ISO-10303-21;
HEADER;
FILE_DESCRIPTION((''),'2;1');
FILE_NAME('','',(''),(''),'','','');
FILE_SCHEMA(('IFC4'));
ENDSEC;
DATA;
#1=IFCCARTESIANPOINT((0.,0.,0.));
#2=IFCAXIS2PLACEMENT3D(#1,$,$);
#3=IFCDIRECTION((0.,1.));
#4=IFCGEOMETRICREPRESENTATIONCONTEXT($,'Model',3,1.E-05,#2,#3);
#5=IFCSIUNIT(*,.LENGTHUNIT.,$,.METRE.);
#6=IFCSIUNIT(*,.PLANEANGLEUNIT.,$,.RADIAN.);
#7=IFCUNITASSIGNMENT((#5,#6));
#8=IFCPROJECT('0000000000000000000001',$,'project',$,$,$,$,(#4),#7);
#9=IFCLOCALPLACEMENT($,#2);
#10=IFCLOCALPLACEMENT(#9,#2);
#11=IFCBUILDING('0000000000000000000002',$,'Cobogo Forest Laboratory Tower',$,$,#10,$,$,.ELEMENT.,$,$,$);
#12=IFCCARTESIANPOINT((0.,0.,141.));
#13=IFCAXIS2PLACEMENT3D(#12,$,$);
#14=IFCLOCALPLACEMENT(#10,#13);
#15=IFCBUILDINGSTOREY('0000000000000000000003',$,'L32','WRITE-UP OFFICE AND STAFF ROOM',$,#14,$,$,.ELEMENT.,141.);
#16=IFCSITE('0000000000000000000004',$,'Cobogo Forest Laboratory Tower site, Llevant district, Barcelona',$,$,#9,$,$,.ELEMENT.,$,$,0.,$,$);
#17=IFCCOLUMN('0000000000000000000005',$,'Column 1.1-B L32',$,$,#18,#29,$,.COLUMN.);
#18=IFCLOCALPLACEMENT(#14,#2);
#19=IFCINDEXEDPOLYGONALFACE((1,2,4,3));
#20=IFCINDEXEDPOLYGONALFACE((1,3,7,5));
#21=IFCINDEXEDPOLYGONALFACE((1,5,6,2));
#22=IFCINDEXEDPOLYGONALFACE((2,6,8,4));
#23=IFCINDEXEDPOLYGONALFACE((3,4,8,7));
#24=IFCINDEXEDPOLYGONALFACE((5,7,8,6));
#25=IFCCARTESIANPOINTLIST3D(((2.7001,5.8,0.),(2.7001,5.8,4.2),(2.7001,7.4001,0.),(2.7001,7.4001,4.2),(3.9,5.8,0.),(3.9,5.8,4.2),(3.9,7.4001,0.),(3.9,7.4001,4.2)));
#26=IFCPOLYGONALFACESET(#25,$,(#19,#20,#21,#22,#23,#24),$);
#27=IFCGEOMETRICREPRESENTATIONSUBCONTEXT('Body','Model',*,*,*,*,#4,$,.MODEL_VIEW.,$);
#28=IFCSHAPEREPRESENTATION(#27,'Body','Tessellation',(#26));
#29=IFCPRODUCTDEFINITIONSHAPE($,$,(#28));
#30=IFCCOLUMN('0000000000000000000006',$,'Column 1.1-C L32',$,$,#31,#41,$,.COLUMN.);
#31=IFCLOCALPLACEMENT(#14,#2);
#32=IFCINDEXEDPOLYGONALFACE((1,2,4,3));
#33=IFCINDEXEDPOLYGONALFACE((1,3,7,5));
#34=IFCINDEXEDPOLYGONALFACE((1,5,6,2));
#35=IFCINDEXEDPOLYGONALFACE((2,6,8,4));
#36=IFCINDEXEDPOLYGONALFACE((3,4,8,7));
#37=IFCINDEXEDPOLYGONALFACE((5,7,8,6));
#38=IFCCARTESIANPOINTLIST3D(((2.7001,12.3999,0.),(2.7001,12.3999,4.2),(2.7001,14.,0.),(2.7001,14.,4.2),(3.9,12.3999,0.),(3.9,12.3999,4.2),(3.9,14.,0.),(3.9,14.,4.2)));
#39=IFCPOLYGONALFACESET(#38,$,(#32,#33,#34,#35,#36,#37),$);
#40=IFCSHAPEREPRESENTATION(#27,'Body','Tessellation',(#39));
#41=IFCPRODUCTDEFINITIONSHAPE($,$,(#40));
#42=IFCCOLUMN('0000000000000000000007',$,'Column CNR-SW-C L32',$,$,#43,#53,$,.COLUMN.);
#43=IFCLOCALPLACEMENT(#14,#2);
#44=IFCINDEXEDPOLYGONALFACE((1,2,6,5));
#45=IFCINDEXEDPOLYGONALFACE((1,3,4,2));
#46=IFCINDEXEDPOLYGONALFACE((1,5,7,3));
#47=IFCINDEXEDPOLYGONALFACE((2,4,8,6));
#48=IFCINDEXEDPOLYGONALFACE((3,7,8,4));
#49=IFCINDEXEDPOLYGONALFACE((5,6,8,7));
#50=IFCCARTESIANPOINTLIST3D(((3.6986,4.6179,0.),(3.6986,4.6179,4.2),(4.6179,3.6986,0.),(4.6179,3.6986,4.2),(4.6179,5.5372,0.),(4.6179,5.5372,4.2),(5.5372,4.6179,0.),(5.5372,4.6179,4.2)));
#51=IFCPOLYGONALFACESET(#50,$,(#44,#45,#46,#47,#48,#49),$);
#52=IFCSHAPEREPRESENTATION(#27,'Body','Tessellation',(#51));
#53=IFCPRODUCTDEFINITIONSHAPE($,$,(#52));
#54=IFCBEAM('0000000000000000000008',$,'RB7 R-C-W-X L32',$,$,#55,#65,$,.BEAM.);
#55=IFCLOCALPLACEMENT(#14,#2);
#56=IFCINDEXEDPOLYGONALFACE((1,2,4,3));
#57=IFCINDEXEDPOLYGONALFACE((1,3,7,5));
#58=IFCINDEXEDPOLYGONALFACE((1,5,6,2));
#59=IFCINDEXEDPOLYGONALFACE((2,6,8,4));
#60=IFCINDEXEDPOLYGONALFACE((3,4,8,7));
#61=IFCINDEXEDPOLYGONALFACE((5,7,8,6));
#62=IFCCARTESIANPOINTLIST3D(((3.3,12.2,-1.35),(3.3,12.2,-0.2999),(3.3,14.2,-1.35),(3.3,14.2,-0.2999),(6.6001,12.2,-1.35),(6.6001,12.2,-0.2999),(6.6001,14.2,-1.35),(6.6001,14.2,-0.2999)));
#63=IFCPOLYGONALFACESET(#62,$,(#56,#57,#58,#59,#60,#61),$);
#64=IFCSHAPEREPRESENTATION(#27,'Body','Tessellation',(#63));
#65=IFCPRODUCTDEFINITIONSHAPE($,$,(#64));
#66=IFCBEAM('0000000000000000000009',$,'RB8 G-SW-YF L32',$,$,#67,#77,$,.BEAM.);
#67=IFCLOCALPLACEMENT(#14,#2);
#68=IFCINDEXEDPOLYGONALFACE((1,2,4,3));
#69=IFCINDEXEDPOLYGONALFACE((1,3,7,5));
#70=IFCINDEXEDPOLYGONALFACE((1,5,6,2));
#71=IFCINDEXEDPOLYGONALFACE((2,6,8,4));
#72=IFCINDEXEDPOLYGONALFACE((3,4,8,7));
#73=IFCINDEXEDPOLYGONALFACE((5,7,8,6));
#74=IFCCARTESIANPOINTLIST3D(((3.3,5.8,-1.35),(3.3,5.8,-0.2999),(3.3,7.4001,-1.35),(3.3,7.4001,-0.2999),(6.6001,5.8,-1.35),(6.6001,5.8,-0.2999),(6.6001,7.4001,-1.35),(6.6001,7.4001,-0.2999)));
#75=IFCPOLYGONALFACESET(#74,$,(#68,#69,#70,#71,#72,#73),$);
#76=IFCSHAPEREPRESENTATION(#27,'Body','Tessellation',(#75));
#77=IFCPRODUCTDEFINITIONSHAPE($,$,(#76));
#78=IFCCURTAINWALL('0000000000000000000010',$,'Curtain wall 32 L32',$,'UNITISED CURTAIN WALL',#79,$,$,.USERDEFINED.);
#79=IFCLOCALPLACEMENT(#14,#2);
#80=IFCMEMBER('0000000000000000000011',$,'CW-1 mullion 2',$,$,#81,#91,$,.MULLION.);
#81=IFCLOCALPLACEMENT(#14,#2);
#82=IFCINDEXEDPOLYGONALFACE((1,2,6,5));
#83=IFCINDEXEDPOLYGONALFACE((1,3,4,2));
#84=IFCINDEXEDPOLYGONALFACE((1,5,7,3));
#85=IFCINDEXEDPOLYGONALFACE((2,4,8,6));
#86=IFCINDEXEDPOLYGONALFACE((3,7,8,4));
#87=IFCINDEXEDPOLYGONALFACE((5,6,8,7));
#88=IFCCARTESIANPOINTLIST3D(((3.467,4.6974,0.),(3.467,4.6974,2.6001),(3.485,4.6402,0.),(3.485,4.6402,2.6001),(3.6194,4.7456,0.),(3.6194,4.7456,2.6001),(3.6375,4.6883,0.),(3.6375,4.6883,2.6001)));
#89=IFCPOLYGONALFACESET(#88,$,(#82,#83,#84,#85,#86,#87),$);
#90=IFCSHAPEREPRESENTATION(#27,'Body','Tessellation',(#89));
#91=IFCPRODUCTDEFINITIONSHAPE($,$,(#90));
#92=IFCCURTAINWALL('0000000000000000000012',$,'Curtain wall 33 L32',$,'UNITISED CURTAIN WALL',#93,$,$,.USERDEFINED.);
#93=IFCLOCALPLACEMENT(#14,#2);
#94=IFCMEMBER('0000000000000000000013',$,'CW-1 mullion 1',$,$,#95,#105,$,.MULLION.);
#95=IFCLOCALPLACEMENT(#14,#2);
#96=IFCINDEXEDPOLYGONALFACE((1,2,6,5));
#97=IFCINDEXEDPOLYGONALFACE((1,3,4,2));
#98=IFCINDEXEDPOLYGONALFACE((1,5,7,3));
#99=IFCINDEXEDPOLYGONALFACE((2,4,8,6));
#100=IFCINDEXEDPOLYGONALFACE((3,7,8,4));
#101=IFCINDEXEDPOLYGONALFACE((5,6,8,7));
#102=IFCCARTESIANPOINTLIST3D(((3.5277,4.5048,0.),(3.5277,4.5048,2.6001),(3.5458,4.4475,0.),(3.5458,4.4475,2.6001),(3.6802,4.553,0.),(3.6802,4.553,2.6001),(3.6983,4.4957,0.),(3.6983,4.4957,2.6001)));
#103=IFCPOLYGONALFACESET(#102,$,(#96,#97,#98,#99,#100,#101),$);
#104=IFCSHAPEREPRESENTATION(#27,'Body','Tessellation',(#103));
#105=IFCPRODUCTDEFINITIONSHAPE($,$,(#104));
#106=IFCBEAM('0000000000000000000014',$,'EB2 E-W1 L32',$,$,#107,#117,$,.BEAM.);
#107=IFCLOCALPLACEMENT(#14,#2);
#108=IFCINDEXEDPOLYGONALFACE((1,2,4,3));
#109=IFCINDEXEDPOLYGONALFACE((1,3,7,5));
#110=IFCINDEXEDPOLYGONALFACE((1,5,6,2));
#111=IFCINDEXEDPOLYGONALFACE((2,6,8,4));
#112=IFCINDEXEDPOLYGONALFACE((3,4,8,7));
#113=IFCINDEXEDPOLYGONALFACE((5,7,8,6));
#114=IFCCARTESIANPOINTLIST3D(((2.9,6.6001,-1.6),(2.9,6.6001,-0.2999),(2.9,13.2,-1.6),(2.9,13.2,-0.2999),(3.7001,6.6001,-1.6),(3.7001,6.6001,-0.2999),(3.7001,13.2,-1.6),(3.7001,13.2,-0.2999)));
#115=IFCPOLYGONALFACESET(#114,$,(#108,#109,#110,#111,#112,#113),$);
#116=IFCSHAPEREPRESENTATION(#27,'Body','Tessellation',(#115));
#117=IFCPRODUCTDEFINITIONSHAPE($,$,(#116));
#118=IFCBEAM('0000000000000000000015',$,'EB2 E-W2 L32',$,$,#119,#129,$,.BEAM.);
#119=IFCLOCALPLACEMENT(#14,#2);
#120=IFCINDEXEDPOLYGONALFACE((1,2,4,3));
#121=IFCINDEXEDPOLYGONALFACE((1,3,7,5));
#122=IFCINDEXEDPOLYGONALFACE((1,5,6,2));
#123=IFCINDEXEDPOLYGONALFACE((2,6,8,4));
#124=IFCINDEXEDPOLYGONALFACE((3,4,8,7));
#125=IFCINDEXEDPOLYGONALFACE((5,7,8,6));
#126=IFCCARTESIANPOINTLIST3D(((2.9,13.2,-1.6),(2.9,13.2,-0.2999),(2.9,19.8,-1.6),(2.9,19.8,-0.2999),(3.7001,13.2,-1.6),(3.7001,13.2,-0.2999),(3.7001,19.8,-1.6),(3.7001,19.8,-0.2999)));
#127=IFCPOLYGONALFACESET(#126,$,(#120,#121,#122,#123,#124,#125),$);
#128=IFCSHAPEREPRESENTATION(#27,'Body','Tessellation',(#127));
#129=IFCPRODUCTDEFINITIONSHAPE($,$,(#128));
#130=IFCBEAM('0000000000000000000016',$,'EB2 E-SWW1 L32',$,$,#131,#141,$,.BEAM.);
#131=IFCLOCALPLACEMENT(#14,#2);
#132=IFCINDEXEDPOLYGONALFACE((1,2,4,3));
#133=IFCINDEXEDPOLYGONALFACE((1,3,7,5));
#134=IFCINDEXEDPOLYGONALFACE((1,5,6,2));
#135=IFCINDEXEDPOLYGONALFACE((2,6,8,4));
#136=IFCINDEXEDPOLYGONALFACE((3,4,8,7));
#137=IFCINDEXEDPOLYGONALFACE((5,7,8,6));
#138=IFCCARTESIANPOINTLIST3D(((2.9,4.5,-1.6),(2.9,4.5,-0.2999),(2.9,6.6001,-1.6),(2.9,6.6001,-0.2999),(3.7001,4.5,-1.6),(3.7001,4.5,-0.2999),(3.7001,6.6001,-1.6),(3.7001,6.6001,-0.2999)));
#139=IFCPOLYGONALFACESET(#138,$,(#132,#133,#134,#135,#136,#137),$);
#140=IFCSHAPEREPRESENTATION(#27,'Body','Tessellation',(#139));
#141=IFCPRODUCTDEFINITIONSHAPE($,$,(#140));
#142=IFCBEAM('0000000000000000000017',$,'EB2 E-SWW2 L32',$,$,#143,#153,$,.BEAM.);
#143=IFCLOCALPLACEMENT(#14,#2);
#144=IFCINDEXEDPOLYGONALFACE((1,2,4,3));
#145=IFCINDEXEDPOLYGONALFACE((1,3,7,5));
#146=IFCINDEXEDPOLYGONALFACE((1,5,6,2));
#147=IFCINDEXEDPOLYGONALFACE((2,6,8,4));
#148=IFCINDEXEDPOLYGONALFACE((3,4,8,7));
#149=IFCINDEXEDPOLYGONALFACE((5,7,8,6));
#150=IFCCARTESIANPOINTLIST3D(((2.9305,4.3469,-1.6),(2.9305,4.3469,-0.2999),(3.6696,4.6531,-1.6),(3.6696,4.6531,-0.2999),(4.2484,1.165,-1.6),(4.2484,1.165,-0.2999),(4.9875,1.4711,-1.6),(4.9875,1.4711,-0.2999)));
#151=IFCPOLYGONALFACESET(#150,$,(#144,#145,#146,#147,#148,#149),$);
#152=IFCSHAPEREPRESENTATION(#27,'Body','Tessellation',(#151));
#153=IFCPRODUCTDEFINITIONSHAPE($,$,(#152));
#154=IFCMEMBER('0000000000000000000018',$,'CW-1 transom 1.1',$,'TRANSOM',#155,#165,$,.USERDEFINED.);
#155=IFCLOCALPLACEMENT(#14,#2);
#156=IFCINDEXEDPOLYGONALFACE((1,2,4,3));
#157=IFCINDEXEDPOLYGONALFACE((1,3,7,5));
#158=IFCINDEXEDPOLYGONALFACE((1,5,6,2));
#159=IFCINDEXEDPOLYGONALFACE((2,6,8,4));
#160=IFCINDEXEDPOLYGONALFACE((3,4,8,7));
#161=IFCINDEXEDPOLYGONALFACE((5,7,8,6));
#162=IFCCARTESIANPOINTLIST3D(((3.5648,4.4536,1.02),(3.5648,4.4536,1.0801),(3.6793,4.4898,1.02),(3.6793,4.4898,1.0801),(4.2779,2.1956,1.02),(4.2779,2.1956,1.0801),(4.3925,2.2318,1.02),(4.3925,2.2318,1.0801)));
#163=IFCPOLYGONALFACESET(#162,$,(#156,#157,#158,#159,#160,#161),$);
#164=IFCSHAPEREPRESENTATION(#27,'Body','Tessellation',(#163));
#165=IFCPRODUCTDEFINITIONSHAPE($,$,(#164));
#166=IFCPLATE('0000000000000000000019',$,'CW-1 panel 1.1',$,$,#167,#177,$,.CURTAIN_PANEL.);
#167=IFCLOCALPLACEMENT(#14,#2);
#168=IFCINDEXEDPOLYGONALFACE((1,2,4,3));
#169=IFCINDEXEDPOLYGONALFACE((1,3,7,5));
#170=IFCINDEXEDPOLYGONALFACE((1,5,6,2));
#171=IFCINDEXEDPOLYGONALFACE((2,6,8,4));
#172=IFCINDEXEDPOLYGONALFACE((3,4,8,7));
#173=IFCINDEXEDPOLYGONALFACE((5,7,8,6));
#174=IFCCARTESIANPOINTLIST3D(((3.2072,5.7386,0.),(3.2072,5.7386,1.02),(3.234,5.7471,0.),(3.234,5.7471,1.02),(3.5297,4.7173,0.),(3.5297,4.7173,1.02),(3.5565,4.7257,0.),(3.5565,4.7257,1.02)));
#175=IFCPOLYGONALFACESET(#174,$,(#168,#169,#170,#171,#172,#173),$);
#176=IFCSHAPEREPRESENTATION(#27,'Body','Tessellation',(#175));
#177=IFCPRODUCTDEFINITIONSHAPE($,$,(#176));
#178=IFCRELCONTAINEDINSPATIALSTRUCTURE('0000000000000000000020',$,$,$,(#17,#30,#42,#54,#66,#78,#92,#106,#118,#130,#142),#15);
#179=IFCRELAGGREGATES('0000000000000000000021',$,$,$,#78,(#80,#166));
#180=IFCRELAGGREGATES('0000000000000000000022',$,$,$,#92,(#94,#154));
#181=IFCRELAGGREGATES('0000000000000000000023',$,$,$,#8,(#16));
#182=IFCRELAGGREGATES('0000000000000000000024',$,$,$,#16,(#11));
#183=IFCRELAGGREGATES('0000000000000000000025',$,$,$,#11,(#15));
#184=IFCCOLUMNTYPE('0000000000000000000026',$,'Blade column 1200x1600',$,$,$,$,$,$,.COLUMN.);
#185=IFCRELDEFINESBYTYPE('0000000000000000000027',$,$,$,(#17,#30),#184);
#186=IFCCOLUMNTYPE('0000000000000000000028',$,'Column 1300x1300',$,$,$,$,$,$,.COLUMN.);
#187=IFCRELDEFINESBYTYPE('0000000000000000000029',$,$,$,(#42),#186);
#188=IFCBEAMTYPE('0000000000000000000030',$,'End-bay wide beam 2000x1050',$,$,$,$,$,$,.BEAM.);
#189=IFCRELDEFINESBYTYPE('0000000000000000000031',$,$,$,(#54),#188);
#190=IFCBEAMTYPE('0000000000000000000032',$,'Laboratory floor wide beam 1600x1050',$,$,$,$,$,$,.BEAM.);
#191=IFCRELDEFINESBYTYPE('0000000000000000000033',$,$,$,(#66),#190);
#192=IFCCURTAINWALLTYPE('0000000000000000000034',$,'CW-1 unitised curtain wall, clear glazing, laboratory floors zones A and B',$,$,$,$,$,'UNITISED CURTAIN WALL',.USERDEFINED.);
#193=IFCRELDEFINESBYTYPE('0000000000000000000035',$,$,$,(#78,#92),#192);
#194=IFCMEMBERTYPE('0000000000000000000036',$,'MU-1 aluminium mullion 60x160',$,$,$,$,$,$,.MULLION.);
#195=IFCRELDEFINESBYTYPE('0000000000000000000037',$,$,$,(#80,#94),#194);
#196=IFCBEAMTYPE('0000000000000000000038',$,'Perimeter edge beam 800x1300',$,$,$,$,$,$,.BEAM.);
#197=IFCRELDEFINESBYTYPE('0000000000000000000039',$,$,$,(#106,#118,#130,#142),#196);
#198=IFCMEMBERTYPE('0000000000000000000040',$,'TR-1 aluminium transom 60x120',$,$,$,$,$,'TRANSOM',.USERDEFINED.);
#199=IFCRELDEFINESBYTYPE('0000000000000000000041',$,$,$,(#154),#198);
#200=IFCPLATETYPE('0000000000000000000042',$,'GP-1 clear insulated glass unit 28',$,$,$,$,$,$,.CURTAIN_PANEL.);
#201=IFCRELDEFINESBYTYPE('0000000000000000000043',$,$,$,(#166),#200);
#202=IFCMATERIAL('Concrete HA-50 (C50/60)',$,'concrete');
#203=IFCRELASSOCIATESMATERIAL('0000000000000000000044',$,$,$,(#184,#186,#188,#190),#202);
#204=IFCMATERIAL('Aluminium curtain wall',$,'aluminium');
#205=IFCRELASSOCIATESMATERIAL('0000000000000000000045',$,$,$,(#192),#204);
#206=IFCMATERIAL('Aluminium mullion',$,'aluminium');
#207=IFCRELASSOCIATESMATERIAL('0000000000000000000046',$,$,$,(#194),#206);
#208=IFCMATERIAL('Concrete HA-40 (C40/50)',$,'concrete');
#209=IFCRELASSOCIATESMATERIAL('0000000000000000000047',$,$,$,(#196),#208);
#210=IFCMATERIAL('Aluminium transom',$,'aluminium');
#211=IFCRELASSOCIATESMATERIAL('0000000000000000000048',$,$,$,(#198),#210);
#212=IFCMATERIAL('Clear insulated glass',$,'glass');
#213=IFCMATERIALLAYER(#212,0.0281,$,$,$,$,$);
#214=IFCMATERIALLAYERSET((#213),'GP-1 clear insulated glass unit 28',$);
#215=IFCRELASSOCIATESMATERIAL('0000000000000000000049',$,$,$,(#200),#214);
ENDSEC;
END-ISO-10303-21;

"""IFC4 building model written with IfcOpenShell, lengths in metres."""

from ifc_helpers import new_model, si_unit, direction, frame, origin, origin_2d, place, context, subcontext, project, spatial, rectangle, extrude, material, layer, layer_set, material_profile, profile_set, type_object, element, aggregate, save


model = new_model("IFC4")

# Units and contexts
model_context = context("Model", 3, precision=1e-05, world=origin(), true_north=direction((0.0, 1.0)))
body_context = subcontext(model_context, "Body", "Model", "MODEL_VIEW")
ifc_project = project(units=[si_unit("LENGTHUNIT", "METRE"), si_unit("PLANEANGLEUNIT", "RADIAN")], contexts=[model_context])

# Site, building, storey
site_placement = place(None, origin())
site = spatial("IfcSite", under=ifc_project, at=site_placement, Name="Cobogo Forest Laboratory Tower site, Llevant district, Barcelona", CompositionType="ELEMENT", RefElevation=0.0)
building_placement = place(site_placement, origin())
building = spatial("IfcBuilding", under=site, at=building_placement, Name="Cobogo Forest Laboratory Tower", CompositionType="ELEMENT")
storey_placement = place(building_placement, frame((0.0, 0.0, 141.0)))
storey = spatial("IfcBuildingStorey", under=building, at=storey_placement, Name="L32", Description="WRITE-UP OFFICE AND STAFF ROOM", CompositionType="ELEMENT", Elevation=141.0)

# Columns
ifc_material_1 = material(Name="Concrete HA-50 (C50/60)", Category="concrete")
ifc_material_profile_1 = material_profile(ifc_material_1, rectangle(XDim=1.6001, YDim=1.2, at=origin_2d()), Name="RC 1200x1600")
ifc_profile_set_1 = profile_set([ifc_material_profile_1], Name="Concrete HA-50 (C50/60)")
column_type_1 = type_object("IfcColumnType", Name="Blade column 1200x1600", PredefinedType="COLUMN", material=ifc_profile_set_1)
for number, where, z_axis, x_axis, name in (
    (1, (3.3, 6.6001, 0.0), (0.0, 0.0, 1.0), (0.0, 1.0, 0.0), "Column 1.1-B L32"),
    (2, (3.3, 13.2, 0.0), (0.0, 0.0, 1.0), (0.0, 1.0, 0.0), "Column 1.1-C L32"),
):
    element("IfcColumn", number, at=place(storey_placement, frame(where, z_axis=z_axis, x_axis=x_axis)), inside=storey, type_object=column_type_1, Name=name, PredefinedType="COLUMN", context=body_context, shape_type="SweptSolid", body=[
        extrude(rectangle(XDim=1.6001, YDim=1.2, at=origin_2d()), origin(), (0.0, 0.0, 1.0), 4.2),
    ])
ifc_material_profile_2 = material_profile(ifc_material_1, rectangle(XDim=1.3, YDim=1.3, at=origin_2d()), Name="RC 1300x1300")
ifc_profile_set_2 = profile_set([ifc_material_profile_2], Name="Concrete HA-50 (C50/60)")
column_type_2 = type_object("IfcColumnType", Name="Column 1300x1300", PredefinedType="COLUMN", material=ifc_profile_set_2)
column_placement = place(storey_placement, frame((4.6179, 4.6179, 0.0), z_axis=(0.0, 0.0, 1.0), x_axis=(0.707107, 0.707107, 0.0)))
element("IfcColumn", 3, at=column_placement, inside=storey, type_object=column_type_2, Name="Column CNR-SW-C L32", PredefinedType="COLUMN", context=body_context, shape_type="SweptSolid", body=[
    extrude(rectangle(XDim=1.3, YDim=1.3, at=origin_2d()), origin(), (0.0, 0.0, 1.0), 4.2),
])

# Beams
ifc_material_profile_3 = material_profile(ifc_material_1, rectangle(XDim=2.0, YDim=1.05, at=origin_2d()), Name="RC 2000x1050")
ifc_profile_set_3 = profile_set([ifc_material_profile_3], Name="Concrete HA-50 (C50/60)")
beam_type_1 = type_object("IfcBeamType", Name="End-bay wide beam 2000x1050", PredefinedType="BEAM", material=ifc_profile_set_3)
beam_1_placement = place(storey_placement, frame((3.3, 13.2, -0.825), z_axis=(1.0, 0.0, 0.0), x_axis=(0.0, 1.0, 0.0)))
element("IfcBeam", 4, at=beam_1_placement, inside=storey, type_object=beam_type_1, Name="RB7 R-C-W-X L32", PredefinedType="BEAM", context=body_context, shape_type="SweptSolid", body=[
    extrude(rectangle(XDim=2.0, YDim=1.05, at=origin_2d()), origin(), (0.0, 0.0, 1.0), 3.3),
])
ifc_material_profile_4 = material_profile(ifc_material_1, rectangle(XDim=1.6001, YDim=1.05, at=origin_2d()), Name="RC 1600x1050")
ifc_profile_set_4 = profile_set([ifc_material_profile_4], Name="Concrete HA-50 (C50/60)")
beam_type_2 = type_object("IfcBeamType", Name="Laboratory floor wide beam 1600x1050", PredefinedType="BEAM", material=ifc_profile_set_4)
beam_2_placement = place(storey_placement, frame((3.3, 6.6001, -0.825), z_axis=(1.0, 0.0, 0.0), x_axis=(0.0, 1.0, 0.0)))
element("IfcBeam", 5, at=beam_2_placement, inside=storey, type_object=beam_type_2, Name="RB8 G-SW-YF L32", PredefinedType="BEAM", context=body_context, shape_type="SweptSolid", body=[
    extrude(rectangle(XDim=1.6001, YDim=1.05, at=origin_2d()), origin(), (0.0, 0.0, 1.0), 3.3),
])

# Curtain walls, members
ifc_material_2 = material(Name="Aluminium curtain wall", Category="aluminium")
curtain_wall_type = type_object("IfcCurtainWallType", Name="CW-1 unitised curtain wall, clear glazing, laboratory floors zones A and B", ElementType="UNITISED CURTAIN WALL", PredefinedType="USERDEFINED", material=ifc_material_2)
curtain_wall_1_placement = place(storey_placement, origin())
curtain_wall_1 = element("IfcCurtainWall", 6, at=curtain_wall_1_placement, inside=storey, type_object=curtain_wall_type, Name="Curtain wall 32 L32", ObjectType="UNITISED CURTAIN WALL", PredefinedType="USERDEFINED")
ifc_material_3 = material(Name="Aluminium mullion", Category="aluminium")
ifc_material_profile_5 = material_profile(ifc_material_3, rectangle(XDim=0.0601, YDim=0.1599, at=origin_2d()), Name="AL 60x160")
ifc_profile_set_5 = profile_set([ifc_material_profile_5], Name="Aluminium mullion")
member_type_1 = type_object("IfcMemberType", Name="MU-1 aluminium mullion 60x160", PredefinedType="MULLION", material=ifc_profile_set_5)
member_1_placement = place(storey_placement, frame((3.5522, 4.6929, 0.0), z_axis=(0.0, 0.0, 1.0), x_axis=(0.301136, -0.953581, 0.0)))
member_1 = element("IfcMember", 7, at=member_1_placement, type_object=member_type_1, Name="CW-1 mullion 2", PredefinedType="MULLION", context=body_context, shape_type="SweptSolid", body=[
    extrude(rectangle(XDim=0.0601, YDim=0.1599, at=origin_2d()), origin(), (0.0, 0.0, 1.0), 2.6001),
])
curtain_wall_2_placement = place(storey_placement, origin())
curtain_wall_2 = element("IfcCurtainWall", 8, at=curtain_wall_2_placement, inside=storey, type_object=curtain_wall_type, Name="Curtain wall 33 L32", ObjectType="UNITISED CURTAIN WALL", PredefinedType="USERDEFINED")
member_2_placement = place(storey_placement, frame((3.613, 4.5002, 0.0), z_axis=(0.0, 0.0, 1.0), x_axis=(0.301135, -0.953581, 0.0)))
member_2 = element("IfcMember", 9, at=member_2_placement, type_object=member_type_1, Name="CW-1 mullion 1", PredefinedType="MULLION", context=body_context, shape_type="SweptSolid", body=[
    extrude(rectangle(XDim=0.0601, YDim=0.1599, at=origin_2d()), origin(), (0.0, 0.0, 1.0), 2.6001),
])

# Beams
ifc_material_4 = material(Name="Concrete HA-40 (C40/50)", Category="concrete")
ifc_material_profile_6 = material_profile(ifc_material_4, rectangle(XDim=0.8, YDim=1.3, at=origin_2d()), Name="RC 800x1300")
ifc_profile_set_6 = profile_set([ifc_material_profile_6], Name="Concrete HA-40 (C40/50)")
beam_type_3 = type_object("IfcBeamType", Name="Perimeter edge beam 800x1300", PredefinedType="BEAM", material=ifc_profile_set_6)
beam_3_placement = place(storey_placement, frame((3.3, 6.6001, -0.95), z_axis=(0.0, 1.0, 0.0), x_axis=(-1.0, 0.0, 0.0)))
element("IfcBeam", 10, at=beam_3_placement, inside=storey, type_object=beam_type_3, Name="EB2 E-W1 L32", PredefinedType="BEAM", context=body_context, shape_type="SweptSolid", body=[
    extrude(rectangle(XDim=0.8, YDim=1.3, at=origin_2d()), origin(), (0.0, 0.0, 1.0), 6.5999),
])
beam_4_placement = place(storey_placement, frame((3.3, 13.2, -0.95), z_axis=(0.0, 1.0, 0.0), x_axis=(-1.0, 0.0, 0.0)))
element("IfcBeam", 11, at=beam_4_placement, inside=storey, type_object=beam_type_3, Name="EB2 E-W2 L32", PredefinedType="BEAM", context=body_context, shape_type="SweptSolid", body=[
    extrude(rectangle(XDim=0.8, YDim=1.3, at=origin_2d()), origin(), (0.0, 0.0, 1.0), 6.6001),
])
beam_5_placement = place(storey_placement, frame((3.3, 6.6001, -0.95), z_axis=(0.0, -1.0, 0.0), x_axis=(1.0, 0.0, 0.0)))
element("IfcBeam", 12, at=beam_5_placement, inside=storey, type_object=beam_type_3, Name="EB2 E-SWW1 L32", PredefinedType="BEAM", context=body_context, shape_type="SweptSolid", body=[
    extrude(rectangle(XDim=0.8, YDim=1.3, at=origin_2d()), origin(), (0.0, 0.0, 1.0), 2.1001),
])
beam_6_placement = place(storey_placement, frame((3.3, 4.5, -0.95), z_axis=(0.382656, -0.923891, 0.0), x_axis=(0.923891, 0.382656, 0.0)))
element("IfcBeam", 13, at=beam_6_placement, inside=storey, type_object=beam_type_3, Name="EB2 E-SWW2 L32", PredefinedType="BEAM", context=body_context, shape_type="SweptSolid", body=[
    extrude(rectangle(XDim=0.8, YDim=1.3, at=origin_2d()), origin(), (0.0, 0.0, 1.0), 3.4441),
])

# Member
ifc_material_5 = material(Name="Aluminium transom", Category="aluminium")
ifc_material_profile_7 = material_profile(ifc_material_5, rectangle(XDim=0.1201, YDim=0.0601, at=origin_2d()), Name="AL 60x120")
ifc_profile_set_7 = profile_set([ifc_material_profile_7], Name="Aluminium transom")
member_type_2 = type_object("IfcMemberType", Name="TR-1 aluminium transom 60x120", ElementType="TRANSOM", PredefinedType="USERDEFINED", material=ifc_profile_set_7)
member_3_placement = place(storey_placement, frame((3.6221, 4.4717, 1.05), z_axis=(0.301156, -0.953575, 0.0), x_axis=(0.953575, 0.301156, 0.0)))
member_3 = element("IfcMember", 14, at=member_3_placement, type_object=member_type_2, Name="CW-1 transom 1.1", ObjectType="TRANSOM", PredefinedType="USERDEFINED", context=body_context, shape_type="SweptSolid", body=[
    extrude(rectangle(XDim=0.1201, YDim=0.0601, at=origin_2d()), origin(), (0.0, 0.0, 1.0), 2.3679),
])

# Plate
ifc_material_6 = material(Name="Clear insulated glass", Category="glass")
ifc_layer_1 = layer(ifc_material_6, 0.0281)
ifc_layer_set_1 = layer_set([ifc_layer_1], Name="GP-1 clear insulated glass unit 28")
plate_type = type_object("IfcPlateType", Name="GP-1 clear insulated glass unit 28", PredefinedType="CURTAIN_PANEL", material=ifc_layer_set_1)
plate_1_placement = place(storey_placement, frame((3.3818, 5.2322, 0.0), z_axis=(0.0, 0.0, 1.0), x_axis=(0.301136, -0.953581, 0.0)))
plate_1 = element("IfcPlate", 15, at=plate_1_placement, type_object=plate_type, Name="CW-1 panel 1.1", PredefinedType="CURTAIN_PANEL", context=body_context, shape_type="SweptSolid", body=[
    extrude(rectangle(XDim=1.071, YDim=0.0281, at=origin_2d()), origin(), (0.0, 0.0, 1.0), 1.02),
])
aggregate(curtain_wall_1, [member_1, plate_1])
aggregate(curtain_wall_2, [member_2, member_3])

save(model, "model.ifc")
